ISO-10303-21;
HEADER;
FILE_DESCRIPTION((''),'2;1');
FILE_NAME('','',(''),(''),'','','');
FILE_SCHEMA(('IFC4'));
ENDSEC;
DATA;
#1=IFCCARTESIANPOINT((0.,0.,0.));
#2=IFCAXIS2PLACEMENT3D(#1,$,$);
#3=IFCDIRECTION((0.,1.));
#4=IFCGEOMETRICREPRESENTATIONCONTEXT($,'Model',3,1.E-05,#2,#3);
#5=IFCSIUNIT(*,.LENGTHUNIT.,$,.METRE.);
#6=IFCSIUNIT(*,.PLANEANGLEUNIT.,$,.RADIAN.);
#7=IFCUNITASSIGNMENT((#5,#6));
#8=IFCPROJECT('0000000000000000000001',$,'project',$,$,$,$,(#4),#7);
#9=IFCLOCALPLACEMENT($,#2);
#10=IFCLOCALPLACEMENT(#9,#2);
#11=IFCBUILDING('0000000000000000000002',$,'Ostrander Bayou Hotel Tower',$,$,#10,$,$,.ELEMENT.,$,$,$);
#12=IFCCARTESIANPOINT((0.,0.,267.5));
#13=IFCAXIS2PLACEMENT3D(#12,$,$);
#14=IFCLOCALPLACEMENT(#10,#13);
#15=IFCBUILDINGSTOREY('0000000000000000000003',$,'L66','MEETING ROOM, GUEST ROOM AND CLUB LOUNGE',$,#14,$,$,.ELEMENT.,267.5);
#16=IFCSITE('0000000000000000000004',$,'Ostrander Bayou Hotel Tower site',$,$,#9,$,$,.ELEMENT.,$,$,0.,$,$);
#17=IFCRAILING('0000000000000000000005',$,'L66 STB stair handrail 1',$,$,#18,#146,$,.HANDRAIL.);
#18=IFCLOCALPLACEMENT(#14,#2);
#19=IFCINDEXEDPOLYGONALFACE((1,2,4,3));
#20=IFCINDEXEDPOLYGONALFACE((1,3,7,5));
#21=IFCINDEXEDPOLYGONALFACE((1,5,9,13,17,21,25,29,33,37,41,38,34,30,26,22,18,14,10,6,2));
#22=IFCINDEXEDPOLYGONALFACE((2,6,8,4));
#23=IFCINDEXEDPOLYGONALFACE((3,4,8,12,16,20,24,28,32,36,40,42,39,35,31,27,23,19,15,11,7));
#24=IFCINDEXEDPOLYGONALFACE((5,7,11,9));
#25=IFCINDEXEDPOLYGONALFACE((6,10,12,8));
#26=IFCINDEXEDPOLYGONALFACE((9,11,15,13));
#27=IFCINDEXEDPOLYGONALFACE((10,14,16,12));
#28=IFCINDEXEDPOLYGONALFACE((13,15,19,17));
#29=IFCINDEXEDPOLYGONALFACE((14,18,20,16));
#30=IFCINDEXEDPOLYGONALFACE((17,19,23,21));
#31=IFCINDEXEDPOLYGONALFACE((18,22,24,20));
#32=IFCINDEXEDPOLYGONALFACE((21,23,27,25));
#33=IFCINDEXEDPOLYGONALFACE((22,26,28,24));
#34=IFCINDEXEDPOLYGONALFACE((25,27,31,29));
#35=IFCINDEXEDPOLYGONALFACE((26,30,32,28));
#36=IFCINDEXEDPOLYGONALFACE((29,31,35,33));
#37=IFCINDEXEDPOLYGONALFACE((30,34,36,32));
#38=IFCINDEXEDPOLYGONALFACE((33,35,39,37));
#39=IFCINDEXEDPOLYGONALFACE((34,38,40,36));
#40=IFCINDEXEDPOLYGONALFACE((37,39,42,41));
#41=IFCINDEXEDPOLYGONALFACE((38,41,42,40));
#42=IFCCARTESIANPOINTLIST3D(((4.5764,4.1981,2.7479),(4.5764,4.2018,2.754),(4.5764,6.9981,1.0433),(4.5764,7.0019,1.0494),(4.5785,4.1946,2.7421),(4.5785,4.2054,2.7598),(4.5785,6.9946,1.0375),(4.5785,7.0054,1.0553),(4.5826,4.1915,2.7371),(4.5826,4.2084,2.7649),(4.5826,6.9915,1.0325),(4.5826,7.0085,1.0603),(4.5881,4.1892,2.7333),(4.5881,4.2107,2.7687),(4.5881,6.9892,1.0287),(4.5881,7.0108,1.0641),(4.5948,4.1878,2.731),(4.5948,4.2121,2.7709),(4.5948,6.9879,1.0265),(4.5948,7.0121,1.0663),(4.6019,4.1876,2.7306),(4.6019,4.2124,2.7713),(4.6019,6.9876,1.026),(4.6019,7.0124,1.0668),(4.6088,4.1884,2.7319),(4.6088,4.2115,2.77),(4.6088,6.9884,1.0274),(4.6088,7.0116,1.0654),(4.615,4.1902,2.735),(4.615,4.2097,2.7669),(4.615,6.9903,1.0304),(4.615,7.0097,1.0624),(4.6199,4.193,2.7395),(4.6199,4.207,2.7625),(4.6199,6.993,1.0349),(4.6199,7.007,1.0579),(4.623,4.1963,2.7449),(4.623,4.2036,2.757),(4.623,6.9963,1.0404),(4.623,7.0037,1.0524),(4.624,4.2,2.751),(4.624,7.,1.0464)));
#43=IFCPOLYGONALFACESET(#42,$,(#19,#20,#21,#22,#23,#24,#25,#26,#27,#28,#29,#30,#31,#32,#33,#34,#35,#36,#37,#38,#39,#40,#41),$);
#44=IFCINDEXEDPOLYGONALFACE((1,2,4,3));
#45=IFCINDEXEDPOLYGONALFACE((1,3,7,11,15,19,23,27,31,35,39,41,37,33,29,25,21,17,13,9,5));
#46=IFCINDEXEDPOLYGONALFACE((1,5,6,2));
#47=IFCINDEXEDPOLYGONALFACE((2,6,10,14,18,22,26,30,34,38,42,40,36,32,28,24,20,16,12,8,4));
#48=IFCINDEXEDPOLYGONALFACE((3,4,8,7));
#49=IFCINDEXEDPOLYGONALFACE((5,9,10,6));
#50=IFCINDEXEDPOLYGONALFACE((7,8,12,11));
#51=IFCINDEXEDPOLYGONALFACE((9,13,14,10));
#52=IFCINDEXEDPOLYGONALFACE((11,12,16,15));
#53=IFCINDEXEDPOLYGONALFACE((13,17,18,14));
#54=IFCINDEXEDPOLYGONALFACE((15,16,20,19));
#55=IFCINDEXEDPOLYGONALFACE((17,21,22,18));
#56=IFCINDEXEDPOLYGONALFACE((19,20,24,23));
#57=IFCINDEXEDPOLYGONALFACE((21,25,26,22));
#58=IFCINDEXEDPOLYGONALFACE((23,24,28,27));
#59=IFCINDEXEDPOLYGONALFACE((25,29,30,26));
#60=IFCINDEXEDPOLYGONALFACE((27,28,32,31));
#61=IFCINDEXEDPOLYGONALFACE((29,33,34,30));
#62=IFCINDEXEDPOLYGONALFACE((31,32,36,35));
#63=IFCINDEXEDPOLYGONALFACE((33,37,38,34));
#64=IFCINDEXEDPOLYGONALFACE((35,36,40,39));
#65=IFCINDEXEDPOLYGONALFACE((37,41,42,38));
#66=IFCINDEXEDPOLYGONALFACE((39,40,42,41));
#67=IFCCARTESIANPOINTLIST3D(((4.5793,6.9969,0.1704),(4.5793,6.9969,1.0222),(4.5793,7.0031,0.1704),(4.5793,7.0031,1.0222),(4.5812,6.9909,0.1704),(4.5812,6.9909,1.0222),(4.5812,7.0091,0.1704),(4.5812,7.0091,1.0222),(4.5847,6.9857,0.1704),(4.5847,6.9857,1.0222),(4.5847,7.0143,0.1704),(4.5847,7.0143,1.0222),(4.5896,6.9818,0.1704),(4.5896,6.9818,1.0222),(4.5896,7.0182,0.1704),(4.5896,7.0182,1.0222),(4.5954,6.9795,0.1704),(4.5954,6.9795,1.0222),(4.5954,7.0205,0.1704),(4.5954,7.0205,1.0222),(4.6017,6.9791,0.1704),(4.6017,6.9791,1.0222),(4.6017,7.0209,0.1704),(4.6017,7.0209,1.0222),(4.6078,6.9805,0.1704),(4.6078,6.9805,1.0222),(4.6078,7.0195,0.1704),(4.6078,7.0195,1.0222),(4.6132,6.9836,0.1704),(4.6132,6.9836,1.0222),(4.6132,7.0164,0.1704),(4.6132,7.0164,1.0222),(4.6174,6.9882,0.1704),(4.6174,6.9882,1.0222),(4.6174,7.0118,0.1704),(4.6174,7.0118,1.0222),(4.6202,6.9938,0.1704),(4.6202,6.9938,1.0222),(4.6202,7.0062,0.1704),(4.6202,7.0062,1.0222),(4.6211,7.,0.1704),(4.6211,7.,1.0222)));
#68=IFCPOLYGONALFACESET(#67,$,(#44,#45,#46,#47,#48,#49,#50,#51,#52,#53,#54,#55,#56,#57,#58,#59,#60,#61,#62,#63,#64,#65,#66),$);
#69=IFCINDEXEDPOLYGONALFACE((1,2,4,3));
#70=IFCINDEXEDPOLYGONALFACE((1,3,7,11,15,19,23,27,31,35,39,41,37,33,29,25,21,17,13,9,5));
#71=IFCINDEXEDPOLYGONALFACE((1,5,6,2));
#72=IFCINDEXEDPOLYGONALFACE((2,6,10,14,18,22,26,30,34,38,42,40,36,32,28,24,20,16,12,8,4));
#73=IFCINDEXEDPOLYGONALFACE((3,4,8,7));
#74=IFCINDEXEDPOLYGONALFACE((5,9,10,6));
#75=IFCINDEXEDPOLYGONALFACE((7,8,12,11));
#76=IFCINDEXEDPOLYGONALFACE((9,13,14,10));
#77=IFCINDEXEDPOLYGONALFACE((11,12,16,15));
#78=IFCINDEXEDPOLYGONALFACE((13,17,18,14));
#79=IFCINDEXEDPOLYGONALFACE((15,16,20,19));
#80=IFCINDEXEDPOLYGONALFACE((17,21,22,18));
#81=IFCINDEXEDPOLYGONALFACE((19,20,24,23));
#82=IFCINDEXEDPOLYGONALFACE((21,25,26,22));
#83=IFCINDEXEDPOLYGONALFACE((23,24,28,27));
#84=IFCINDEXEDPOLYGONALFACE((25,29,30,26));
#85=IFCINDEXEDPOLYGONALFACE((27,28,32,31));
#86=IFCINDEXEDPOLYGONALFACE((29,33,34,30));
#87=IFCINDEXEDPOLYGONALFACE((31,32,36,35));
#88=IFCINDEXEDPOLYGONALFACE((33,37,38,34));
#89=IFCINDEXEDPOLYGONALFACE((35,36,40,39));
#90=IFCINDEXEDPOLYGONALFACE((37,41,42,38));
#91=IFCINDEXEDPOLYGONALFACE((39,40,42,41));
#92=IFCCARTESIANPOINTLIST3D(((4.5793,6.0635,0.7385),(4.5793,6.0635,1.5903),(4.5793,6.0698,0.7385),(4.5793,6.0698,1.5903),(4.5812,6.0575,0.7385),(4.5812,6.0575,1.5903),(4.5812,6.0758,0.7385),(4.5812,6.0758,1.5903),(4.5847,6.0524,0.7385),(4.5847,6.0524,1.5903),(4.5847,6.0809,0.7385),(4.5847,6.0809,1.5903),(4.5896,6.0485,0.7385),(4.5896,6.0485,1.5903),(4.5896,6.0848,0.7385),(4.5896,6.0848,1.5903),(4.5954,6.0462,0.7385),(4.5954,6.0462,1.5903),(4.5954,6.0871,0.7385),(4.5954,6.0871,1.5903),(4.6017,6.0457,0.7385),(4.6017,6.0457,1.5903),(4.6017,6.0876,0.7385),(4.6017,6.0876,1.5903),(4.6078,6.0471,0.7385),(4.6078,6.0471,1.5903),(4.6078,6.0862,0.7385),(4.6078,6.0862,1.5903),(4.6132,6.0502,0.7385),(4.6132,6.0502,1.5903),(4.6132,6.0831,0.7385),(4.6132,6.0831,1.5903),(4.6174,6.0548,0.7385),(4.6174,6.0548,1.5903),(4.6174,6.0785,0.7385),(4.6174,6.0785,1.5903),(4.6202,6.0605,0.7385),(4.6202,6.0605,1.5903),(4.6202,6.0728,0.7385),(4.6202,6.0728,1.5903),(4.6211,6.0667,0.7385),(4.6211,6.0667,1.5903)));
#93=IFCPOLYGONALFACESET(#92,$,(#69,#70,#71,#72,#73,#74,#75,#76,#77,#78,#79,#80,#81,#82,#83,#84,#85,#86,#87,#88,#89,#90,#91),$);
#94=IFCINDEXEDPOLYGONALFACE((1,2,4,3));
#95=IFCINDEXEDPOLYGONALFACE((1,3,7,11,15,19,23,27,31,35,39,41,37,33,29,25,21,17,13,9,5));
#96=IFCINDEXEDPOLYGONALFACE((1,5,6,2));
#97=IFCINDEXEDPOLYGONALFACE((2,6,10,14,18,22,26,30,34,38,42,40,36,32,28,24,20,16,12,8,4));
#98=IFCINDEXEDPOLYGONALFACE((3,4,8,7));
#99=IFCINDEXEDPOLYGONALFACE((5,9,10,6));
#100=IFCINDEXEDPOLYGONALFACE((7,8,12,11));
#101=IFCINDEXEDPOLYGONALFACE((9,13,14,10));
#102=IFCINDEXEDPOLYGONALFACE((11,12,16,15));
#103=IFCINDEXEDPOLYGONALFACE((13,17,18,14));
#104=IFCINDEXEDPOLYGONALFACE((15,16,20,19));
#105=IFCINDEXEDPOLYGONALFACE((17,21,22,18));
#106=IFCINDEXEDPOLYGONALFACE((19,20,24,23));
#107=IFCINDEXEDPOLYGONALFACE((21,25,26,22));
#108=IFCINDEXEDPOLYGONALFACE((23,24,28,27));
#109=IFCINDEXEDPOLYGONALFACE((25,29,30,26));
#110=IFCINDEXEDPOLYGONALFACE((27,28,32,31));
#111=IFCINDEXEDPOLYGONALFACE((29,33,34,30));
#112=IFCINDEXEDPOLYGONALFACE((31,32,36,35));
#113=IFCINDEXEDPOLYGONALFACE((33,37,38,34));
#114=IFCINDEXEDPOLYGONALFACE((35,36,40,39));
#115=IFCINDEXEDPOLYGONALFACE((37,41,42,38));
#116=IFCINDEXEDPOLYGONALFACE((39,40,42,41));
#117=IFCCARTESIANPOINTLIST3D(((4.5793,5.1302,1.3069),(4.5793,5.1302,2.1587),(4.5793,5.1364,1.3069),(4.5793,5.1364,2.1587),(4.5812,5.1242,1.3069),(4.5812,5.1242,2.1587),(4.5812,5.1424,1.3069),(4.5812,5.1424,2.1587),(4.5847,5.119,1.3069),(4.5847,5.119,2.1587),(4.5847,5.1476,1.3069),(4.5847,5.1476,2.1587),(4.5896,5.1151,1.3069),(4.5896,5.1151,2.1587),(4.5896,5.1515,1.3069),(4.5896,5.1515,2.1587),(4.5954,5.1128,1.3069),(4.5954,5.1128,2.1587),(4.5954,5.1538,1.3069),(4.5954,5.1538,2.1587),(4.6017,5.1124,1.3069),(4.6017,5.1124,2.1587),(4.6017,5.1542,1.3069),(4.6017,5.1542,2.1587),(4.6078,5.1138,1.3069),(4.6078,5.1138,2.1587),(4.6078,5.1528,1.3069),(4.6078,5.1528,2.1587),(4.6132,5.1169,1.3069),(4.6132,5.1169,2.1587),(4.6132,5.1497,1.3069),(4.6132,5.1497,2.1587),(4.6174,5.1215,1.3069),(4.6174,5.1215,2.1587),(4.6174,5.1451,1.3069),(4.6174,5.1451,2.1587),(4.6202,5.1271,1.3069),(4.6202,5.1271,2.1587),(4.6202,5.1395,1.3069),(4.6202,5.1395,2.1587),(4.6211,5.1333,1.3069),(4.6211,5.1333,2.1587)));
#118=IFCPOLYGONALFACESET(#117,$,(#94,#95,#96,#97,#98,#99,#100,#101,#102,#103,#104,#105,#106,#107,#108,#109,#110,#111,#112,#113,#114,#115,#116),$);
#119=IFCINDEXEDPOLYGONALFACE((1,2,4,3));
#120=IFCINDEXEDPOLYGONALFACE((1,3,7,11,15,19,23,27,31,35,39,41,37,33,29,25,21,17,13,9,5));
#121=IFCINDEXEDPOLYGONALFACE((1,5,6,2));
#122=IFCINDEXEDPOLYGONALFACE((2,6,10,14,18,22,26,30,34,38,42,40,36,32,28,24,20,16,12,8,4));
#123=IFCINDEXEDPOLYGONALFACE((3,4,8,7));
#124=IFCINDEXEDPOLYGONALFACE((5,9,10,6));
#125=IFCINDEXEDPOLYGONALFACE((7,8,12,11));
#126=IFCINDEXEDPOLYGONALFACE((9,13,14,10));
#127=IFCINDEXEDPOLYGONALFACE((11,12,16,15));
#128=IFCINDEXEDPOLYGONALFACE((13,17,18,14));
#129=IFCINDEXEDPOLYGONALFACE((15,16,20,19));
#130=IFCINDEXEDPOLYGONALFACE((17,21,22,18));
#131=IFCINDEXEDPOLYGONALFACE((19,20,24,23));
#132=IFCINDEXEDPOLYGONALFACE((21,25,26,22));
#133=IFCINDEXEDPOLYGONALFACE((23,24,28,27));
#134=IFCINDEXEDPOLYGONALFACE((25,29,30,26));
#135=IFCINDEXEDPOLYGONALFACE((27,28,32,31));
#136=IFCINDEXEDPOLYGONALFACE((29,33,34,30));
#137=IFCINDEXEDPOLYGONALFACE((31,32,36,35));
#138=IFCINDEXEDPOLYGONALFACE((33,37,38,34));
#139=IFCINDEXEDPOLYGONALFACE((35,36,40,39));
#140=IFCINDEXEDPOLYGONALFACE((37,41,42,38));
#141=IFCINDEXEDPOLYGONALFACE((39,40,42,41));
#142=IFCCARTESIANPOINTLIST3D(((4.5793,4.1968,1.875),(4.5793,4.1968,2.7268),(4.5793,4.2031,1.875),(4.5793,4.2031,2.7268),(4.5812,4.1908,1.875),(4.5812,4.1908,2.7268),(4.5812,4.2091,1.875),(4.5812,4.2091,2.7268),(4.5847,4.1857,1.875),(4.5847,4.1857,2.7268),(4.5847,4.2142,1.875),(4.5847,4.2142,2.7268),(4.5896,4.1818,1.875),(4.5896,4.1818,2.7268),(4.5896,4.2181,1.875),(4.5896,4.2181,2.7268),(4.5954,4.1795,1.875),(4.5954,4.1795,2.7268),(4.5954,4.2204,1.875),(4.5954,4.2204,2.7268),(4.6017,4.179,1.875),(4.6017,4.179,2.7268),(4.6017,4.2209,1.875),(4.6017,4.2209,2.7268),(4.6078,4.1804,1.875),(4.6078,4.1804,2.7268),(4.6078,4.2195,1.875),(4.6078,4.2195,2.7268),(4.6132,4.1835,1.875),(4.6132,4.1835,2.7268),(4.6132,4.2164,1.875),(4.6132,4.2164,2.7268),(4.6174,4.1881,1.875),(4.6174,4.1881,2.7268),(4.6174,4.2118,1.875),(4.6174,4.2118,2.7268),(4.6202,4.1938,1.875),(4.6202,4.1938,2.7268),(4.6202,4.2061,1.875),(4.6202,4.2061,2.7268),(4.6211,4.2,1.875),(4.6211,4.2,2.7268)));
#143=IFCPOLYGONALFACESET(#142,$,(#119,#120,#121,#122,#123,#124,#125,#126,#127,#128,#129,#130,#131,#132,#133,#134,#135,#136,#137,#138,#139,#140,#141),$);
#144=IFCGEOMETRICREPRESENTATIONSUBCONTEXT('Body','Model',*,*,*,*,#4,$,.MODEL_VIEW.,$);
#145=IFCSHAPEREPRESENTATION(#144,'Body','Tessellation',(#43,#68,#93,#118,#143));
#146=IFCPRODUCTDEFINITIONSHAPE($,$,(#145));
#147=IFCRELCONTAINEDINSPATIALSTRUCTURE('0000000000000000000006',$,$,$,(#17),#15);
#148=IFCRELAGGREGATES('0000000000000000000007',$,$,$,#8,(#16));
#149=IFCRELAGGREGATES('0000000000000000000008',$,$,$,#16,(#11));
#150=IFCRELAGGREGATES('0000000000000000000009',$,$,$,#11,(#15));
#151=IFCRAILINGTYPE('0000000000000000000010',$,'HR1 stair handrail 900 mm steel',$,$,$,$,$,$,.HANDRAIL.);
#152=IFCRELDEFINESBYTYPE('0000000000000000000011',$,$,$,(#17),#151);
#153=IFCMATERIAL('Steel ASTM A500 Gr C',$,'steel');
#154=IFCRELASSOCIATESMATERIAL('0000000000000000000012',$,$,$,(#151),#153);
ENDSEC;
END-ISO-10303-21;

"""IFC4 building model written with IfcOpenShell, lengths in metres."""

from ifc_helpers import new_model, si_unit, direction, frame, origin, origin_2d, place, context, subcontext, project, spatial, circle, extrude, material, type_object, element, save


model = new_model("IFC4")

# Units and contexts
model_context = context("Model", 3, precision=1e-05, world=origin(), true_north=direction((0.0, 1.0)))
body_context = subcontext(model_context, "Body", "Model", "MODEL_VIEW")
ifc_project = project(units=[si_unit("LENGTHUNIT", "METRE"), si_unit("PLANEANGLEUNIT", "RADIAN")], contexts=[model_context])

# Site, building, storey
site_placement = place(None, origin())
site = spatial("IfcSite", under=ifc_project, at=site_placement, Name="Ostrander Bayou Hotel Tower site", CompositionType="ELEMENT", RefElevation=0.0)
building_placement = place(site_placement, origin())
building = spatial("IfcBuilding", under=site, at=building_placement, Name="Ostrander Bayou Hotel Tower", CompositionType="ELEMENT")
storey_placement = place(building_placement, frame((0.0, 0.0, 267.5)))
storey = spatial("IfcBuildingStorey", under=building, at=storey_placement, Name="L66", Description="MEETING ROOM, GUEST ROOM AND CLUB LOUNGE", CompositionType="ELEMENT", Elevation=267.5)

# Railing
ifc_material_1 = material(Name="Steel ASTM A500 Gr C", Category="steel")
railing_type_1 = type_object("IfcRailingType", Name="HR1 stair handrail 900 mm steel", PredefinedType="HANDRAIL", material=ifc_material_1)
railing_1_placement = place(storey_placement, frame((4.6001, 7.0, 0.1704)))
element("IfcRailing", 1, at=railing_1_placement, inside=storey, type_object=railing_type_1, Name="L66 STB stair handrail 1", PredefinedType="HANDRAIL", context=body_context, shape_type="SweptSolid", body=[
    extrude(circle(Radius=0.0239, at=origin_2d()), frame((0.0, 0.0, 0.876), z_axis=(0.0, -0.85417, 0.519994), x_axis=(1.0, 0.0, 0.0)), (0.0, 0.0, 1.0), 3.2781),
    extrude(circle(Radius=0.021, at=origin_2d()), origin(), (0.0, 0.0, 1.0), 0.8518),
    extrude(circle(Radius=0.021, at=origin_2d()), frame((0.0, -0.9333, 0.5681)), (0.0, 0.0, 1.0), 0.8518),
    extrude(circle(Radius=0.021, at=origin_2d()), frame((0.0, -1.8667, 1.1365)), (0.0, 0.0, 1.0), 0.8518),
    extrude(circle(Radius=0.021, at=origin_2d()), frame((0.0, -2.8, 1.7046)), (0.0, 0.0, 1.0), 0.8518),
])

save(model, "model.ifc")
